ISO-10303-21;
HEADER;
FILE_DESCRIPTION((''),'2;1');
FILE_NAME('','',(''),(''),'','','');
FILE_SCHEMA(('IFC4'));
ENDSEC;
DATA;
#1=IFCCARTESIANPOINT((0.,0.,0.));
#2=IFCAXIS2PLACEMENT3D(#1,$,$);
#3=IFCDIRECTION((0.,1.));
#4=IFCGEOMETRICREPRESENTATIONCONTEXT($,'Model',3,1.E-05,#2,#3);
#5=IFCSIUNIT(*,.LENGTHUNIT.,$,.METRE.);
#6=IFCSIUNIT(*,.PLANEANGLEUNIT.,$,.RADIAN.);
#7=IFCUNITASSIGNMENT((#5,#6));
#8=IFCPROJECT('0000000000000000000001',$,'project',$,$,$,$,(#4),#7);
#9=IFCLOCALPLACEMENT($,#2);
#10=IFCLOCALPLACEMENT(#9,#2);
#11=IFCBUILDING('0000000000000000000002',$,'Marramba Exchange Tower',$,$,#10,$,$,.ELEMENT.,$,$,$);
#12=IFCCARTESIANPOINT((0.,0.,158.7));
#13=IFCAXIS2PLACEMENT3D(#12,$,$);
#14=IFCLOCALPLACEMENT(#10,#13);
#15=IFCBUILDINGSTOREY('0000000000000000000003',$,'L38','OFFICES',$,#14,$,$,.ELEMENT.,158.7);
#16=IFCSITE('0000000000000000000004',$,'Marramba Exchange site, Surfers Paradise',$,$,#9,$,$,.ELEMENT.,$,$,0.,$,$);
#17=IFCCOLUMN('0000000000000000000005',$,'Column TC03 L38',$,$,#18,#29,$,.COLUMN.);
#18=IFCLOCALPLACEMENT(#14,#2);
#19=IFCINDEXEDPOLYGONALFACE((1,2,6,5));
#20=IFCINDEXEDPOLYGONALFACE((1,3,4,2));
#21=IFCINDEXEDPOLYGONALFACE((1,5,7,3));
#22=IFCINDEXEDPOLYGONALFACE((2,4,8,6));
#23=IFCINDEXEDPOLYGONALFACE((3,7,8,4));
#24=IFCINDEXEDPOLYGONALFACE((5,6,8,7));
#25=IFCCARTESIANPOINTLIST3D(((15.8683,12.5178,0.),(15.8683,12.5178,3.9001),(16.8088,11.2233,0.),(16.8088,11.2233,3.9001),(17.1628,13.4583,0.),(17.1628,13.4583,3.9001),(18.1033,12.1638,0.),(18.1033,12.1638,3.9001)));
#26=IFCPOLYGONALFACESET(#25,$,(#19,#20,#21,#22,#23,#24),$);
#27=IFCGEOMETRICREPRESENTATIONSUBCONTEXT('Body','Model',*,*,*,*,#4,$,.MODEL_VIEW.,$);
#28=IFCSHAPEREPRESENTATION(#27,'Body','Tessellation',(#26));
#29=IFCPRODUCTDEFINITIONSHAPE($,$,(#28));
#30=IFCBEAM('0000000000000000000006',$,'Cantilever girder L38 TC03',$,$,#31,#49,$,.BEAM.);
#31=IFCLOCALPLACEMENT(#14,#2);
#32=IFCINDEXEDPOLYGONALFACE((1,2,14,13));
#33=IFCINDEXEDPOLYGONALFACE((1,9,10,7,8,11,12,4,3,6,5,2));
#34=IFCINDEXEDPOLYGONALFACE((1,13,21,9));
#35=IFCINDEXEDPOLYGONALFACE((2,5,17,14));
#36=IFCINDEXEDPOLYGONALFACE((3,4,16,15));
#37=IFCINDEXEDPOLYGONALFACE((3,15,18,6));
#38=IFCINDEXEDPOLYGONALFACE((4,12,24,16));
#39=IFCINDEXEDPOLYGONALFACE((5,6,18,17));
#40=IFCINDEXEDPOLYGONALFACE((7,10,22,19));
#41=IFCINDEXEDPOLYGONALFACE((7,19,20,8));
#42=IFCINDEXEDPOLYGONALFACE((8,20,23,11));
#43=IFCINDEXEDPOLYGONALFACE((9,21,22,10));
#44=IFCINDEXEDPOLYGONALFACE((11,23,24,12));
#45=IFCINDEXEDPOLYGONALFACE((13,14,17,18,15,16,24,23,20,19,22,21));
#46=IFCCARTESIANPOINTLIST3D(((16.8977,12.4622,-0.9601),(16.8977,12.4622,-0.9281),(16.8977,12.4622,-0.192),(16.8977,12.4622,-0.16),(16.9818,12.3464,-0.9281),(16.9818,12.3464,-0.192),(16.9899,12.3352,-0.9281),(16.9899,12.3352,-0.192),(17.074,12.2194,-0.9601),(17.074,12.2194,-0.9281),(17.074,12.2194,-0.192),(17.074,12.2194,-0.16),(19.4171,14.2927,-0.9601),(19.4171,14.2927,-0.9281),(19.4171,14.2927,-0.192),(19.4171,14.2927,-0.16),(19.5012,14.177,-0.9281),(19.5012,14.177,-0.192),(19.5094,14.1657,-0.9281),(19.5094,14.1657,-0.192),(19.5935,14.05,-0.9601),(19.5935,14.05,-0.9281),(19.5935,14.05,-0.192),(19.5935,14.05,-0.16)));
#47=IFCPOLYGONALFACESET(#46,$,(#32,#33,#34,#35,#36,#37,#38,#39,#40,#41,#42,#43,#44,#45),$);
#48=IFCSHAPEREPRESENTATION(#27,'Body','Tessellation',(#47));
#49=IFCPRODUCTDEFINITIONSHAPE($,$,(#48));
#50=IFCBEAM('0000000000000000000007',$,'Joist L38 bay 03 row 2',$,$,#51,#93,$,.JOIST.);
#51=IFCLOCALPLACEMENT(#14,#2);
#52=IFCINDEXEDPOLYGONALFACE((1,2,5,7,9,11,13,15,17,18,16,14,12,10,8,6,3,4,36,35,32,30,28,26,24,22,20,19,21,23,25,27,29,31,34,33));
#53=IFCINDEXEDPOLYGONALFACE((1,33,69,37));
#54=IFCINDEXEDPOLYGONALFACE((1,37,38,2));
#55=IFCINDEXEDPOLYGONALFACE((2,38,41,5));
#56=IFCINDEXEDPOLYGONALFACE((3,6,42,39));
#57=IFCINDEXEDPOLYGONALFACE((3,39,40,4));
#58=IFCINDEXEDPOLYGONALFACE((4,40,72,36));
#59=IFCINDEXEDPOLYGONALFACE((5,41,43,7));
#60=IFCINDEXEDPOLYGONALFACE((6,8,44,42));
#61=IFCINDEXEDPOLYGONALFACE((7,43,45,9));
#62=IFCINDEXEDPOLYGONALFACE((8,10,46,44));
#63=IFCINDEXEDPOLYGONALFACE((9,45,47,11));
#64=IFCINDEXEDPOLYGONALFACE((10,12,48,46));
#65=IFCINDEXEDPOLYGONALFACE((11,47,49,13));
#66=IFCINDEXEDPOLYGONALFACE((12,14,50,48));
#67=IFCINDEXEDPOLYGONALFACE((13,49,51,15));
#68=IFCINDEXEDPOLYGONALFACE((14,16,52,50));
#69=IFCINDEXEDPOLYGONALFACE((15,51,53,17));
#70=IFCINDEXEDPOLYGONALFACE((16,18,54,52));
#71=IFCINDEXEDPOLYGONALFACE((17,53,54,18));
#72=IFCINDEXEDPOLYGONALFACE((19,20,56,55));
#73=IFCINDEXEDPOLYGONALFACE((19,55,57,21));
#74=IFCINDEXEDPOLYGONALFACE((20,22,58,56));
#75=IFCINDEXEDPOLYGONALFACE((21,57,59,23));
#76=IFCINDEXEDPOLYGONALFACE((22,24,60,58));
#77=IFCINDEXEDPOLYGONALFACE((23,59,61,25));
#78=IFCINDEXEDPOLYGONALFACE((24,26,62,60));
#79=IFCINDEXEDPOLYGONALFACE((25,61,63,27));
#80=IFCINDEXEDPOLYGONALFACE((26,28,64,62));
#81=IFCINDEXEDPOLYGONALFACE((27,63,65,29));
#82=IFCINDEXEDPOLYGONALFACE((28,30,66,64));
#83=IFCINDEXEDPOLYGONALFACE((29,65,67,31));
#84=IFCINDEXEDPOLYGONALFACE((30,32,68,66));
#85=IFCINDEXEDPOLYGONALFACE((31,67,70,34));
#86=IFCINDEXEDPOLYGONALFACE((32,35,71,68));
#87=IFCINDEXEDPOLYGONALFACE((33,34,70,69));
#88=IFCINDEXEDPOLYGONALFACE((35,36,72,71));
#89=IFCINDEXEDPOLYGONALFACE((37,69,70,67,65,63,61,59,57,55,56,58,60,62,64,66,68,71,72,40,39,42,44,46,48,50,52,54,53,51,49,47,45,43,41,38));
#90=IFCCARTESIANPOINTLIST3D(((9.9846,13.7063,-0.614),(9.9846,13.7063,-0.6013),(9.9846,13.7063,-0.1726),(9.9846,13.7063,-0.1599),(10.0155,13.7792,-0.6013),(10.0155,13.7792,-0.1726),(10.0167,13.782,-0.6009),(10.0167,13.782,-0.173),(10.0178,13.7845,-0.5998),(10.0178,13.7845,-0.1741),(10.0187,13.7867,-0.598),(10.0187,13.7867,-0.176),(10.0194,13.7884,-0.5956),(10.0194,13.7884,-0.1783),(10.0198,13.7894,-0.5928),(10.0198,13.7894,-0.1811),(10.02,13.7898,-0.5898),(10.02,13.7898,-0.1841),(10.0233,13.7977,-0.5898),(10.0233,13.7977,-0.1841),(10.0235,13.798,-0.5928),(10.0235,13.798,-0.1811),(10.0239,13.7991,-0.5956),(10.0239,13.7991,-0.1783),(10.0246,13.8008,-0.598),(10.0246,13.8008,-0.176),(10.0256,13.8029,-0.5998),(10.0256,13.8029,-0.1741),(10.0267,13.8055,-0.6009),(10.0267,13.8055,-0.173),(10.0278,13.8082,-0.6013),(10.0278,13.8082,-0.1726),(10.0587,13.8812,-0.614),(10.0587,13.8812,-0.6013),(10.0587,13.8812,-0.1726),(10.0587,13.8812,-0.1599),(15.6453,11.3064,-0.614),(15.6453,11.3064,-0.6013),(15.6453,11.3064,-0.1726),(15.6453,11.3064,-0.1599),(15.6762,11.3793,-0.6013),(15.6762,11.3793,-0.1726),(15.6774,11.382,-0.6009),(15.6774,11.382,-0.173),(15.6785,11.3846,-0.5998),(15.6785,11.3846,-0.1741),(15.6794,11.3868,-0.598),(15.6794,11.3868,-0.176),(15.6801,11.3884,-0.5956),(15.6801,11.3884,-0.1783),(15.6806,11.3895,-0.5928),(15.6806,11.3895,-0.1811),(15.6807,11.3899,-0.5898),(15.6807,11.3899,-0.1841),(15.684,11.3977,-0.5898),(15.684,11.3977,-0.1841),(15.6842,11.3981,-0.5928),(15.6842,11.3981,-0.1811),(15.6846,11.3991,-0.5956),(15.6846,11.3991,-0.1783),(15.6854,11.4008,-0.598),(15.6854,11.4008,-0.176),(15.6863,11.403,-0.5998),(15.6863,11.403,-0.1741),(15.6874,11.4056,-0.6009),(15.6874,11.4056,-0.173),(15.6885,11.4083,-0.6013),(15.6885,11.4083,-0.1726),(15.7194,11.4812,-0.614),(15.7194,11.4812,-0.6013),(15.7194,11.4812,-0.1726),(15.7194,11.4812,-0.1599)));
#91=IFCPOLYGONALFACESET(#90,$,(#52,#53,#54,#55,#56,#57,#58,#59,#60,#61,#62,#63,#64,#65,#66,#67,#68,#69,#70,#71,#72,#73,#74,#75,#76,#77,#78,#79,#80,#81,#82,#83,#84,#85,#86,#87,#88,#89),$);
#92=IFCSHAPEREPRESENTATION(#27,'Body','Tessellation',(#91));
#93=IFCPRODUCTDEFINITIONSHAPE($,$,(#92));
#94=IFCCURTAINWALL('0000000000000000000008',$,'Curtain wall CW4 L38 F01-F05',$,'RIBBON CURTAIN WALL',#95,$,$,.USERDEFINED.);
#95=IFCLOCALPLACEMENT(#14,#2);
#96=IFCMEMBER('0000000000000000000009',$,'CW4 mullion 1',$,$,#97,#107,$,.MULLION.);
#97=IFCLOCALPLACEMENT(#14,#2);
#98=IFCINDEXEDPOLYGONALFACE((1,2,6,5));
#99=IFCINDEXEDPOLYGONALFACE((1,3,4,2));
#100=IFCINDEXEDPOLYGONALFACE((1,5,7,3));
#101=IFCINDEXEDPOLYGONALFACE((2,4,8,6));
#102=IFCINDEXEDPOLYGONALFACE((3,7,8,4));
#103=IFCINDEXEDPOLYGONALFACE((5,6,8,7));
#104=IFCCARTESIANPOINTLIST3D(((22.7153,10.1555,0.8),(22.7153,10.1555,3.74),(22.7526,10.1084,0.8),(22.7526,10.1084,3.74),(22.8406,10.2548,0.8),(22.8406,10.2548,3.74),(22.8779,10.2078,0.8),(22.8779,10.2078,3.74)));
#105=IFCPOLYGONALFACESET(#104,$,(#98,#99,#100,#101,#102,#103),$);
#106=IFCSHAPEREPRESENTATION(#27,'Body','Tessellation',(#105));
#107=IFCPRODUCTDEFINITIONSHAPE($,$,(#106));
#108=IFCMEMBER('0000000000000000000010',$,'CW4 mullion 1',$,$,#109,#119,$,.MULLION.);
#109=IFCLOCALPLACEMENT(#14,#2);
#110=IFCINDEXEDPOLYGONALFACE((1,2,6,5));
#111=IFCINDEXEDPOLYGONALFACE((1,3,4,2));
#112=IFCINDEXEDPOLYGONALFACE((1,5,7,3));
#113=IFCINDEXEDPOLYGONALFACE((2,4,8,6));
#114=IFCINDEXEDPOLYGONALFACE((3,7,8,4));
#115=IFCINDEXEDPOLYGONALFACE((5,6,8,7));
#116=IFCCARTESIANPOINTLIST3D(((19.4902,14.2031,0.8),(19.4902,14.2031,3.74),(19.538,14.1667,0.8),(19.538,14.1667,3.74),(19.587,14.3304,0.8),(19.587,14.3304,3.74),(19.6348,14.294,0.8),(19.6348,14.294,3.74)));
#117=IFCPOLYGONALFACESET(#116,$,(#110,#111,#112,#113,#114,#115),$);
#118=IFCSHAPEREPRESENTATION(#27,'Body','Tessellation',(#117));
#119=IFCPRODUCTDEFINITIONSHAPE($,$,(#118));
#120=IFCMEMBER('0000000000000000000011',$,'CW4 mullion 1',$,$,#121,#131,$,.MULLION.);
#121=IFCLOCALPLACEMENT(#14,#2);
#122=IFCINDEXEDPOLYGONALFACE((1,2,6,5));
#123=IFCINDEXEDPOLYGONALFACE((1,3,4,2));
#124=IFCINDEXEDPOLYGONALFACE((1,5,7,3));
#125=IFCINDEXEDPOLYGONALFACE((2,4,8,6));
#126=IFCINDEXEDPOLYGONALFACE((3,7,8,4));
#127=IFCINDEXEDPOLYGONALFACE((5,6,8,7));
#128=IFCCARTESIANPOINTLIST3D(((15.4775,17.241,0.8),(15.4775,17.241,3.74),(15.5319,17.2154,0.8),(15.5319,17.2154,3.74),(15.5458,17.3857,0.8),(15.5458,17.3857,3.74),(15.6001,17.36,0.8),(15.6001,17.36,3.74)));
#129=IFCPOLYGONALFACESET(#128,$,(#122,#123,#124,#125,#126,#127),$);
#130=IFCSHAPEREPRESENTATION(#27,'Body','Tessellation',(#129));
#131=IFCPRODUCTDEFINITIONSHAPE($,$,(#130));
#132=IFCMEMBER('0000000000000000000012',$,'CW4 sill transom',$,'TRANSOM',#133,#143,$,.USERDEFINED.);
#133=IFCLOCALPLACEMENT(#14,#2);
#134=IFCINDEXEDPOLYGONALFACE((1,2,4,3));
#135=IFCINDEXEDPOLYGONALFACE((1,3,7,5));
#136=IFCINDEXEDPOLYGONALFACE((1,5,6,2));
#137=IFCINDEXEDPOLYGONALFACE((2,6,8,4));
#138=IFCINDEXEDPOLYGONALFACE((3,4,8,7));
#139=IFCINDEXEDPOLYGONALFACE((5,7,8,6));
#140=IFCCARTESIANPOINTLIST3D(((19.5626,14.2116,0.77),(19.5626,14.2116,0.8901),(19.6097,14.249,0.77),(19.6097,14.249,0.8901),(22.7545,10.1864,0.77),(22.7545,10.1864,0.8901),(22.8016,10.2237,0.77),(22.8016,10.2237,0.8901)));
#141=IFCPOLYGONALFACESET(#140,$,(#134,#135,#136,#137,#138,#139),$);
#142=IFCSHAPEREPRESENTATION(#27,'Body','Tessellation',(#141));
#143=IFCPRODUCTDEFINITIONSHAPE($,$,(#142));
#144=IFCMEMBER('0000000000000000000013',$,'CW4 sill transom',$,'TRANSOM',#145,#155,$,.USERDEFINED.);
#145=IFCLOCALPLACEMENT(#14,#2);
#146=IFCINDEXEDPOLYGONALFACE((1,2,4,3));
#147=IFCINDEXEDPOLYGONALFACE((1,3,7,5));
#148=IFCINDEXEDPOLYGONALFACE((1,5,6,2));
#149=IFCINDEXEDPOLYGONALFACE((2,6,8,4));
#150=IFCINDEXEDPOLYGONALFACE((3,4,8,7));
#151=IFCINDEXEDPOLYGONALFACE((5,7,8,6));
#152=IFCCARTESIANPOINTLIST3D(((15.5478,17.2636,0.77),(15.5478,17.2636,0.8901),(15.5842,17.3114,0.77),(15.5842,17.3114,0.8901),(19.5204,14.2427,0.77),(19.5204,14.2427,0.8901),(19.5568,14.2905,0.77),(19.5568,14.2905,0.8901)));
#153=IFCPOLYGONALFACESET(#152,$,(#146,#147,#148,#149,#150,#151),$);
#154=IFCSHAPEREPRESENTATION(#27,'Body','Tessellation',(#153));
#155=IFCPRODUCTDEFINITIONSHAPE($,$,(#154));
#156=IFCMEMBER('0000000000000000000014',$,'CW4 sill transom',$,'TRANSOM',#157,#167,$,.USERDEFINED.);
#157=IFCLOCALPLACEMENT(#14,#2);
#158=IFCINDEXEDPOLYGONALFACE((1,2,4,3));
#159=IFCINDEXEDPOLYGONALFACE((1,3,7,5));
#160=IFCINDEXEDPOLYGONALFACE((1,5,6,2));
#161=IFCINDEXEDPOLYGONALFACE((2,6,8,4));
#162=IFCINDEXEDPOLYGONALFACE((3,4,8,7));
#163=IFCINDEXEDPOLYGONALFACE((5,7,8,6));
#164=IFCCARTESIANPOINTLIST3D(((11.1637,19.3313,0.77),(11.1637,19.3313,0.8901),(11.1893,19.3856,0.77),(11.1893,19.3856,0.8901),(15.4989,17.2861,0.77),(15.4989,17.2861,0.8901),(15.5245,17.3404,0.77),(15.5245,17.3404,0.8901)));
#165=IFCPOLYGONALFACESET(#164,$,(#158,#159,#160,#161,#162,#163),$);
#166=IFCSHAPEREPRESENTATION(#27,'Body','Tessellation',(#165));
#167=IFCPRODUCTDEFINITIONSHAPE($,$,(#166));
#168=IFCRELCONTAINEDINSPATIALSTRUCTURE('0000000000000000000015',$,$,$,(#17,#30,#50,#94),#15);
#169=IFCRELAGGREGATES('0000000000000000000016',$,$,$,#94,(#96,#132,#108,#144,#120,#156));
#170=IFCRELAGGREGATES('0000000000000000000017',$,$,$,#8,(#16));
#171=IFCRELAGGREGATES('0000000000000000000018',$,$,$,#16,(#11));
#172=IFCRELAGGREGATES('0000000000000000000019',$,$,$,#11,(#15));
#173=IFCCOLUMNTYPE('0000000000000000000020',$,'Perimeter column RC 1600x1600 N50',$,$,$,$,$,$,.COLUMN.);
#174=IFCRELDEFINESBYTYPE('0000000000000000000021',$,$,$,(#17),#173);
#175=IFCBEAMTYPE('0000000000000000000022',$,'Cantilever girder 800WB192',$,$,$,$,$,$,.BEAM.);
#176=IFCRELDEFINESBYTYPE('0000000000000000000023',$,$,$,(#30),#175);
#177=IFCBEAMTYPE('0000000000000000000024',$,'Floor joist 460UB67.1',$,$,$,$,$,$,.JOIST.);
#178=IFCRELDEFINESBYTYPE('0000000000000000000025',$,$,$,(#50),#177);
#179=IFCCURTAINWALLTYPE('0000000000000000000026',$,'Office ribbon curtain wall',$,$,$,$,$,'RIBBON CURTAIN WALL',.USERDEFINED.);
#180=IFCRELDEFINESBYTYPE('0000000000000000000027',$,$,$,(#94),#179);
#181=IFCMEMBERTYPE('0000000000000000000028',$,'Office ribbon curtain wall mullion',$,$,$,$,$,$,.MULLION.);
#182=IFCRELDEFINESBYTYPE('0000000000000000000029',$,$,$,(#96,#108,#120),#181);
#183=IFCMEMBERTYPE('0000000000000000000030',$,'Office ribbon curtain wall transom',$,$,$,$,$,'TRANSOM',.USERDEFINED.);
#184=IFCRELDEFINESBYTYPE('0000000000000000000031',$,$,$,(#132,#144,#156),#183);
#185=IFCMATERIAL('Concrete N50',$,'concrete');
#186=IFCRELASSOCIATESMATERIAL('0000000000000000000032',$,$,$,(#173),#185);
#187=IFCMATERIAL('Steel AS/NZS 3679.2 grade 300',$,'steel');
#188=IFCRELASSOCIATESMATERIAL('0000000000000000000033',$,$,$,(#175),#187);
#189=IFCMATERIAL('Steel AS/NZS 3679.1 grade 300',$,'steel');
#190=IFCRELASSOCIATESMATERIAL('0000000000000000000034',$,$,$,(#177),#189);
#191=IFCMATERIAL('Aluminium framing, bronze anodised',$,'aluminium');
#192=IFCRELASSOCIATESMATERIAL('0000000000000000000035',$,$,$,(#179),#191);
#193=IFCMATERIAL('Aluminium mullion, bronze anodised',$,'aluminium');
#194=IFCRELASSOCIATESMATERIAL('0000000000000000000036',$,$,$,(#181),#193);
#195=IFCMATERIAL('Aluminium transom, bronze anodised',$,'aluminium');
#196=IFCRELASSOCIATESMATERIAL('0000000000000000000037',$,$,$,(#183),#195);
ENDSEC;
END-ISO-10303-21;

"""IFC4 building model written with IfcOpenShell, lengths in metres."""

from ifc_helpers import new_model, si_unit, direction, frame, origin, origin_2d, place, context, subcontext, project, spatial, rectangle, i_section, extrude, material, material_profile, profile_set, type_object, element, aggregate, save


model = new_model("IFC4")

# Units and contexts
model_context = context("Model", 3, precision=1e-05, world=origin(), true_north=direction((0.0, 1.0)))
body_context = subcontext(model_context, "Body", "Model", "MODEL_VIEW")
ifc_project = project(units=[si_unit("LENGTHUNIT", "METRE"), si_unit("PLANEANGLEUNIT", "RADIAN")], contexts=[model_context])

# Site, building, storey
site_placement = place(None, origin())
site = spatial("IfcSite", under=ifc_project, at=site_placement, Name="Marramba Exchange site, Surfers Paradise", CompositionType="ELEMENT", RefElevation=0.0)
building_placement = place(site_placement, origin())
building = spatial("IfcBuilding", under=site, at=building_placement, Name="Marramba Exchange Tower", CompositionType="ELEMENT")
storey_placement = place(building_placement, frame((0.0, 0.0, 158.7)))
storey = spatial("IfcBuildingStorey", under=building, at=storey_placement, Name="L38", Description="OFFICES", CompositionType="ELEMENT", Elevation=158.7)

# Column
ifc_material_1 = material(Name="Concrete N50", Category="concrete")
ifc_material_profile_1 = material_profile(ifc_material_1, rectangle(XDim=1.6001, YDim=1.6001, at=origin_2d()), Name="RC 1600x1600")
ifc_profile_set_1 = profile_set([ifc_material_profile_1], Name="Concrete N50")
column_type = type_object("IfcColumnType", Name="Perimeter column RC 1600x1600 N50", PredefinedType="COLUMN", material=ifc_profile_set_1)
column_placement = place(storey_placement, frame((16.9858, 12.3408, 0.0), z_axis=(0.0, 0.0, 1.0), x_axis=(0.809017, 0.587785, 0.0)))
element("IfcColumn", 1, at=column_placement, inside=storey, type_object=column_type, Name="Column TC03 L38", PredefinedType="COLUMN", context=body_context, shape_type="SweptSolid", body=[
    extrude(rectangle(XDim=1.6001, YDim=1.6001, at=origin_2d()), origin(), (0.0, 0.0, 1.0), 3.9001),
])

# Beams
ifc_material_2 = material(Name="Steel AS/NZS 3679.2 grade 300", Category="steel")
ifc_material_profile_2 = material_profile(ifc_material_2, i_section(OverallWidth=0.3, OverallDepth=0.8, WebThickness=0.0139, FlangeThickness=0.032, at=origin_2d()), Name="800WB192")
ifc_profile_set_2 = profile_set([ifc_material_profile_2], Name="Steel AS/NZS 3679.2 grade 300")
beam_type_1 = type_object("IfcBeamType", Name="Cantilever girder 800WB192", PredefinedType="BEAM", material=ifc_profile_set_2)
beam_1_placement = place(storey_placement, frame((16.9858, 12.3408, -0.5601), z_axis=(0.809014, 0.587789, 0.0), x_axis=(-0.587789, 0.809014, 0.0)))
element("IfcBeam", 2, at=beam_1_placement, inside=storey, type_object=beam_type_1, Name="Cantilever girder L38 TC03", PredefinedType="BEAM", context=body_context, shape_type="SweptSolid", body=[
    extrude(i_section(OverallWidth=0.3, OverallDepth=0.8, WebThickness=0.0139, FlangeThickness=0.032, at=origin_2d()), origin(), (0.0, 0.0, 1.0), 3.1143),
])
ifc_material_3 = material(Name="Steel AS/NZS 3679.1 grade 300", Category="steel")
ifc_material_profile_3 = material_profile(ifc_material_3, i_section(OverallWidth=0.1899, OverallDepth=0.4541, WebThickness=0.0085, FlangeThickness=0.0127, FilletRadius=0.0115, at=origin_2d()), Name="460UB67.1")
ifc_profile_set_3 = profile_set([ifc_material_profile_3], Name="Steel AS/NZS 3679.1 grade 300")
beam_type_2 = type_object("IfcBeamType", Name="Floor joist 460UB67.1", PredefinedType="JOIST", material=ifc_profile_set_3)
beam_2_placement = place(storey_placement, frame((15.6824, 11.3938, -0.387), z_axis=(-0.920674, 0.390332, 0.0), x_axis=(-0.390332, -0.920674, 0.0)))
element("IfcBeam", 3, at=beam_2_placement, inside=storey, type_object=beam_type_2, Name="Joist L38 bay 03 row 2", PredefinedType="JOIST", context=body_context, shape_type="SweptSolid", body=[
    extrude(i_section(OverallWidth=0.1899, OverallDepth=0.4541, WebThickness=0.0085, FlangeThickness=0.0127, FilletRadius=0.0115, at=origin_2d()), origin(), (0.0, 0.0, 1.0), 6.1484),
])

# Curtain wall, members
ifc_material_4 = material(Name="Aluminium framing, bronze anodised", Category="aluminium")
curtain_wall_type = type_object("IfcCurtainWallType", Name="Office ribbon curtain wall", ElementType="RIBBON CURTAIN WALL", PredefinedType="USERDEFINED", material=ifc_material_4)
curtain_wall_placement = place(storey_placement, origin())
curtain_wall = element("IfcCurtainWall", 4, at=curtain_wall_placement, inside=storey, type_object=curtain_wall_type, Name="Curtain wall CW4 L38 F01-F05", ObjectType="RIBBON CURTAIN WALL", PredefinedType="USERDEFINED")
ifc_material_5 = material(Name="Aluminium mullion, bronze anodised", Category="aluminium")
ifc_material_profile_4 = material_profile(ifc_material_5, rectangle(XDim=0.1599, YDim=0.0601, at=origin_2d()), Name="CW4 mullion 60x160")
ifc_profile_set_4 = profile_set([ifc_material_profile_4], Name="Aluminium mullion, bronze anodised")
member_type_1 = type_object("IfcMemberType", Name="Office ribbon curtain wall mullion", PredefinedType="MULLION", material=ifc_profile_set_4)
member_1_placement = place(storey_placement, frame((22.7966, 10.1816, 0.8), z_axis=(0.0, 0.0, 1.0), x_axis=(-0.783563, -0.621312, 0.0)))
member_1 = element("IfcMember", 5, at=member_1_placement, type_object=member_type_1, Name="CW4 mullion 1", PredefinedType="MULLION", context=body_context, shape_type="SweptSolid", body=[
    extrude(rectangle(XDim=0.1599, YDim=0.0601, at=origin_2d()), origin(), (0.0, 0.0, 1.0), 2.9399),
])
member_2_placement = place(storey_placement, frame((19.5625, 14.2485, 0.8), z_axis=(0.0, 0.0, 1.0), x_axis=(-0.605334, -0.795972, 0.0)))
member_2 = element("IfcMember", 6, at=member_2_placement, type_object=member_type_1, Name="CW4 mullion 1", PredefinedType="MULLION", context=body_context, shape_type="SweptSolid", body=[
    extrude(rectangle(XDim=0.1599, YDim=0.0601, at=origin_2d()), origin(), (0.0, 0.0, 1.0), 2.9399),
])
member_3_placement = place(storey_placement, frame((15.5388, 17.3005, 0.8), z_axis=(0.0, 0.0, 1.0), x_axis=(-0.426679, -0.904403, 0.0)))
member_3 = element("IfcMember", 7, at=member_3_placement, type_object=member_type_1, Name="CW4 mullion 1", PredefinedType="MULLION", context=body_context, shape_type="SweptSolid", body=[
    extrude(rectangle(XDim=0.1599, YDim=0.0601, at=origin_2d()), origin(), (0.0, 0.0, 1.0), 2.9399),
])
ifc_material_6 = material(Name="Aluminium transom, bronze anodised", Category="aluminium")
ifc_material_profile_5 = material_profile(ifc_material_6, rectangle(XDim=0.0601, YDim=0.1201, at=origin_2d()), Name="CW4 transom 60x120")
ifc_profile_set_5 = profile_set([ifc_material_profile_5], Name="Aluminium transom, bronze anodised")
member_type_2 = type_object("IfcMemberType", Name="Office ribbon curtain wall transom", ElementType="TRANSOM", PredefinedType="USERDEFINED", material=ifc_profile_set_5)
member_4_placement = place(storey_placement, frame((22.7781, 10.2051, 0.8301), z_axis=(-0.621339, 0.783542, 0.0), x_axis=(-0.783542, -0.621339, 0.0)))
member_4 = element("IfcMember", 8, at=member_4_placement, type_object=member_type_2, Name="CW4 sill transom", ObjectType="TRANSOM", PredefinedType="USERDEFINED", context=body_context, shape_type="SweptSolid", body=[
    extrude(rectangle(XDim=0.0601, YDim=0.1201, at=origin_2d()), origin(), (0.0, 0.0, 1.0), 5.1372),
])
member_5_placement = place(storey_placement, frame((19.5386, 14.2666, 0.8301), z_axis=(-0.795991, 0.605309, 0.0), x_axis=(-0.605309, -0.795991, 0.0)))
member_5 = element("IfcMember", 9, at=member_5_placement, type_object=member_type_2, Name="CW4 sill transom", ObjectType="TRANSOM", PredefinedType="USERDEFINED", context=body_context, shape_type="SweptSolid", body=[
    extrude(rectangle(XDim=0.0601, YDim=0.1201, at=origin_2d()), origin(), (0.0, 0.0, 1.0), 4.9907),
])
member_6_placement = place(storey_placement, frame((15.5117, 17.3132, 0.8301), z_axis=(-0.904411, 0.426663, 0.0), x_axis=(-0.426663, -0.904411, 0.0)))
member_6 = element("IfcMember", 10, at=member_6_placement, type_object=member_type_2, Name="CW4 sill transom", ObjectType="TRANSOM", PredefinedType="USERDEFINED", context=body_context, shape_type="SweptSolid", body=[
    extrude(rectangle(XDim=0.0601, YDim=0.1201, at=origin_2d()), origin(), (0.0, 0.0, 1.0), 4.7935),
])

aggregate(curtain_wall, [member_1, member_4, member_2, member_5, member_3, member_6])

save(model, "model.ifc")
